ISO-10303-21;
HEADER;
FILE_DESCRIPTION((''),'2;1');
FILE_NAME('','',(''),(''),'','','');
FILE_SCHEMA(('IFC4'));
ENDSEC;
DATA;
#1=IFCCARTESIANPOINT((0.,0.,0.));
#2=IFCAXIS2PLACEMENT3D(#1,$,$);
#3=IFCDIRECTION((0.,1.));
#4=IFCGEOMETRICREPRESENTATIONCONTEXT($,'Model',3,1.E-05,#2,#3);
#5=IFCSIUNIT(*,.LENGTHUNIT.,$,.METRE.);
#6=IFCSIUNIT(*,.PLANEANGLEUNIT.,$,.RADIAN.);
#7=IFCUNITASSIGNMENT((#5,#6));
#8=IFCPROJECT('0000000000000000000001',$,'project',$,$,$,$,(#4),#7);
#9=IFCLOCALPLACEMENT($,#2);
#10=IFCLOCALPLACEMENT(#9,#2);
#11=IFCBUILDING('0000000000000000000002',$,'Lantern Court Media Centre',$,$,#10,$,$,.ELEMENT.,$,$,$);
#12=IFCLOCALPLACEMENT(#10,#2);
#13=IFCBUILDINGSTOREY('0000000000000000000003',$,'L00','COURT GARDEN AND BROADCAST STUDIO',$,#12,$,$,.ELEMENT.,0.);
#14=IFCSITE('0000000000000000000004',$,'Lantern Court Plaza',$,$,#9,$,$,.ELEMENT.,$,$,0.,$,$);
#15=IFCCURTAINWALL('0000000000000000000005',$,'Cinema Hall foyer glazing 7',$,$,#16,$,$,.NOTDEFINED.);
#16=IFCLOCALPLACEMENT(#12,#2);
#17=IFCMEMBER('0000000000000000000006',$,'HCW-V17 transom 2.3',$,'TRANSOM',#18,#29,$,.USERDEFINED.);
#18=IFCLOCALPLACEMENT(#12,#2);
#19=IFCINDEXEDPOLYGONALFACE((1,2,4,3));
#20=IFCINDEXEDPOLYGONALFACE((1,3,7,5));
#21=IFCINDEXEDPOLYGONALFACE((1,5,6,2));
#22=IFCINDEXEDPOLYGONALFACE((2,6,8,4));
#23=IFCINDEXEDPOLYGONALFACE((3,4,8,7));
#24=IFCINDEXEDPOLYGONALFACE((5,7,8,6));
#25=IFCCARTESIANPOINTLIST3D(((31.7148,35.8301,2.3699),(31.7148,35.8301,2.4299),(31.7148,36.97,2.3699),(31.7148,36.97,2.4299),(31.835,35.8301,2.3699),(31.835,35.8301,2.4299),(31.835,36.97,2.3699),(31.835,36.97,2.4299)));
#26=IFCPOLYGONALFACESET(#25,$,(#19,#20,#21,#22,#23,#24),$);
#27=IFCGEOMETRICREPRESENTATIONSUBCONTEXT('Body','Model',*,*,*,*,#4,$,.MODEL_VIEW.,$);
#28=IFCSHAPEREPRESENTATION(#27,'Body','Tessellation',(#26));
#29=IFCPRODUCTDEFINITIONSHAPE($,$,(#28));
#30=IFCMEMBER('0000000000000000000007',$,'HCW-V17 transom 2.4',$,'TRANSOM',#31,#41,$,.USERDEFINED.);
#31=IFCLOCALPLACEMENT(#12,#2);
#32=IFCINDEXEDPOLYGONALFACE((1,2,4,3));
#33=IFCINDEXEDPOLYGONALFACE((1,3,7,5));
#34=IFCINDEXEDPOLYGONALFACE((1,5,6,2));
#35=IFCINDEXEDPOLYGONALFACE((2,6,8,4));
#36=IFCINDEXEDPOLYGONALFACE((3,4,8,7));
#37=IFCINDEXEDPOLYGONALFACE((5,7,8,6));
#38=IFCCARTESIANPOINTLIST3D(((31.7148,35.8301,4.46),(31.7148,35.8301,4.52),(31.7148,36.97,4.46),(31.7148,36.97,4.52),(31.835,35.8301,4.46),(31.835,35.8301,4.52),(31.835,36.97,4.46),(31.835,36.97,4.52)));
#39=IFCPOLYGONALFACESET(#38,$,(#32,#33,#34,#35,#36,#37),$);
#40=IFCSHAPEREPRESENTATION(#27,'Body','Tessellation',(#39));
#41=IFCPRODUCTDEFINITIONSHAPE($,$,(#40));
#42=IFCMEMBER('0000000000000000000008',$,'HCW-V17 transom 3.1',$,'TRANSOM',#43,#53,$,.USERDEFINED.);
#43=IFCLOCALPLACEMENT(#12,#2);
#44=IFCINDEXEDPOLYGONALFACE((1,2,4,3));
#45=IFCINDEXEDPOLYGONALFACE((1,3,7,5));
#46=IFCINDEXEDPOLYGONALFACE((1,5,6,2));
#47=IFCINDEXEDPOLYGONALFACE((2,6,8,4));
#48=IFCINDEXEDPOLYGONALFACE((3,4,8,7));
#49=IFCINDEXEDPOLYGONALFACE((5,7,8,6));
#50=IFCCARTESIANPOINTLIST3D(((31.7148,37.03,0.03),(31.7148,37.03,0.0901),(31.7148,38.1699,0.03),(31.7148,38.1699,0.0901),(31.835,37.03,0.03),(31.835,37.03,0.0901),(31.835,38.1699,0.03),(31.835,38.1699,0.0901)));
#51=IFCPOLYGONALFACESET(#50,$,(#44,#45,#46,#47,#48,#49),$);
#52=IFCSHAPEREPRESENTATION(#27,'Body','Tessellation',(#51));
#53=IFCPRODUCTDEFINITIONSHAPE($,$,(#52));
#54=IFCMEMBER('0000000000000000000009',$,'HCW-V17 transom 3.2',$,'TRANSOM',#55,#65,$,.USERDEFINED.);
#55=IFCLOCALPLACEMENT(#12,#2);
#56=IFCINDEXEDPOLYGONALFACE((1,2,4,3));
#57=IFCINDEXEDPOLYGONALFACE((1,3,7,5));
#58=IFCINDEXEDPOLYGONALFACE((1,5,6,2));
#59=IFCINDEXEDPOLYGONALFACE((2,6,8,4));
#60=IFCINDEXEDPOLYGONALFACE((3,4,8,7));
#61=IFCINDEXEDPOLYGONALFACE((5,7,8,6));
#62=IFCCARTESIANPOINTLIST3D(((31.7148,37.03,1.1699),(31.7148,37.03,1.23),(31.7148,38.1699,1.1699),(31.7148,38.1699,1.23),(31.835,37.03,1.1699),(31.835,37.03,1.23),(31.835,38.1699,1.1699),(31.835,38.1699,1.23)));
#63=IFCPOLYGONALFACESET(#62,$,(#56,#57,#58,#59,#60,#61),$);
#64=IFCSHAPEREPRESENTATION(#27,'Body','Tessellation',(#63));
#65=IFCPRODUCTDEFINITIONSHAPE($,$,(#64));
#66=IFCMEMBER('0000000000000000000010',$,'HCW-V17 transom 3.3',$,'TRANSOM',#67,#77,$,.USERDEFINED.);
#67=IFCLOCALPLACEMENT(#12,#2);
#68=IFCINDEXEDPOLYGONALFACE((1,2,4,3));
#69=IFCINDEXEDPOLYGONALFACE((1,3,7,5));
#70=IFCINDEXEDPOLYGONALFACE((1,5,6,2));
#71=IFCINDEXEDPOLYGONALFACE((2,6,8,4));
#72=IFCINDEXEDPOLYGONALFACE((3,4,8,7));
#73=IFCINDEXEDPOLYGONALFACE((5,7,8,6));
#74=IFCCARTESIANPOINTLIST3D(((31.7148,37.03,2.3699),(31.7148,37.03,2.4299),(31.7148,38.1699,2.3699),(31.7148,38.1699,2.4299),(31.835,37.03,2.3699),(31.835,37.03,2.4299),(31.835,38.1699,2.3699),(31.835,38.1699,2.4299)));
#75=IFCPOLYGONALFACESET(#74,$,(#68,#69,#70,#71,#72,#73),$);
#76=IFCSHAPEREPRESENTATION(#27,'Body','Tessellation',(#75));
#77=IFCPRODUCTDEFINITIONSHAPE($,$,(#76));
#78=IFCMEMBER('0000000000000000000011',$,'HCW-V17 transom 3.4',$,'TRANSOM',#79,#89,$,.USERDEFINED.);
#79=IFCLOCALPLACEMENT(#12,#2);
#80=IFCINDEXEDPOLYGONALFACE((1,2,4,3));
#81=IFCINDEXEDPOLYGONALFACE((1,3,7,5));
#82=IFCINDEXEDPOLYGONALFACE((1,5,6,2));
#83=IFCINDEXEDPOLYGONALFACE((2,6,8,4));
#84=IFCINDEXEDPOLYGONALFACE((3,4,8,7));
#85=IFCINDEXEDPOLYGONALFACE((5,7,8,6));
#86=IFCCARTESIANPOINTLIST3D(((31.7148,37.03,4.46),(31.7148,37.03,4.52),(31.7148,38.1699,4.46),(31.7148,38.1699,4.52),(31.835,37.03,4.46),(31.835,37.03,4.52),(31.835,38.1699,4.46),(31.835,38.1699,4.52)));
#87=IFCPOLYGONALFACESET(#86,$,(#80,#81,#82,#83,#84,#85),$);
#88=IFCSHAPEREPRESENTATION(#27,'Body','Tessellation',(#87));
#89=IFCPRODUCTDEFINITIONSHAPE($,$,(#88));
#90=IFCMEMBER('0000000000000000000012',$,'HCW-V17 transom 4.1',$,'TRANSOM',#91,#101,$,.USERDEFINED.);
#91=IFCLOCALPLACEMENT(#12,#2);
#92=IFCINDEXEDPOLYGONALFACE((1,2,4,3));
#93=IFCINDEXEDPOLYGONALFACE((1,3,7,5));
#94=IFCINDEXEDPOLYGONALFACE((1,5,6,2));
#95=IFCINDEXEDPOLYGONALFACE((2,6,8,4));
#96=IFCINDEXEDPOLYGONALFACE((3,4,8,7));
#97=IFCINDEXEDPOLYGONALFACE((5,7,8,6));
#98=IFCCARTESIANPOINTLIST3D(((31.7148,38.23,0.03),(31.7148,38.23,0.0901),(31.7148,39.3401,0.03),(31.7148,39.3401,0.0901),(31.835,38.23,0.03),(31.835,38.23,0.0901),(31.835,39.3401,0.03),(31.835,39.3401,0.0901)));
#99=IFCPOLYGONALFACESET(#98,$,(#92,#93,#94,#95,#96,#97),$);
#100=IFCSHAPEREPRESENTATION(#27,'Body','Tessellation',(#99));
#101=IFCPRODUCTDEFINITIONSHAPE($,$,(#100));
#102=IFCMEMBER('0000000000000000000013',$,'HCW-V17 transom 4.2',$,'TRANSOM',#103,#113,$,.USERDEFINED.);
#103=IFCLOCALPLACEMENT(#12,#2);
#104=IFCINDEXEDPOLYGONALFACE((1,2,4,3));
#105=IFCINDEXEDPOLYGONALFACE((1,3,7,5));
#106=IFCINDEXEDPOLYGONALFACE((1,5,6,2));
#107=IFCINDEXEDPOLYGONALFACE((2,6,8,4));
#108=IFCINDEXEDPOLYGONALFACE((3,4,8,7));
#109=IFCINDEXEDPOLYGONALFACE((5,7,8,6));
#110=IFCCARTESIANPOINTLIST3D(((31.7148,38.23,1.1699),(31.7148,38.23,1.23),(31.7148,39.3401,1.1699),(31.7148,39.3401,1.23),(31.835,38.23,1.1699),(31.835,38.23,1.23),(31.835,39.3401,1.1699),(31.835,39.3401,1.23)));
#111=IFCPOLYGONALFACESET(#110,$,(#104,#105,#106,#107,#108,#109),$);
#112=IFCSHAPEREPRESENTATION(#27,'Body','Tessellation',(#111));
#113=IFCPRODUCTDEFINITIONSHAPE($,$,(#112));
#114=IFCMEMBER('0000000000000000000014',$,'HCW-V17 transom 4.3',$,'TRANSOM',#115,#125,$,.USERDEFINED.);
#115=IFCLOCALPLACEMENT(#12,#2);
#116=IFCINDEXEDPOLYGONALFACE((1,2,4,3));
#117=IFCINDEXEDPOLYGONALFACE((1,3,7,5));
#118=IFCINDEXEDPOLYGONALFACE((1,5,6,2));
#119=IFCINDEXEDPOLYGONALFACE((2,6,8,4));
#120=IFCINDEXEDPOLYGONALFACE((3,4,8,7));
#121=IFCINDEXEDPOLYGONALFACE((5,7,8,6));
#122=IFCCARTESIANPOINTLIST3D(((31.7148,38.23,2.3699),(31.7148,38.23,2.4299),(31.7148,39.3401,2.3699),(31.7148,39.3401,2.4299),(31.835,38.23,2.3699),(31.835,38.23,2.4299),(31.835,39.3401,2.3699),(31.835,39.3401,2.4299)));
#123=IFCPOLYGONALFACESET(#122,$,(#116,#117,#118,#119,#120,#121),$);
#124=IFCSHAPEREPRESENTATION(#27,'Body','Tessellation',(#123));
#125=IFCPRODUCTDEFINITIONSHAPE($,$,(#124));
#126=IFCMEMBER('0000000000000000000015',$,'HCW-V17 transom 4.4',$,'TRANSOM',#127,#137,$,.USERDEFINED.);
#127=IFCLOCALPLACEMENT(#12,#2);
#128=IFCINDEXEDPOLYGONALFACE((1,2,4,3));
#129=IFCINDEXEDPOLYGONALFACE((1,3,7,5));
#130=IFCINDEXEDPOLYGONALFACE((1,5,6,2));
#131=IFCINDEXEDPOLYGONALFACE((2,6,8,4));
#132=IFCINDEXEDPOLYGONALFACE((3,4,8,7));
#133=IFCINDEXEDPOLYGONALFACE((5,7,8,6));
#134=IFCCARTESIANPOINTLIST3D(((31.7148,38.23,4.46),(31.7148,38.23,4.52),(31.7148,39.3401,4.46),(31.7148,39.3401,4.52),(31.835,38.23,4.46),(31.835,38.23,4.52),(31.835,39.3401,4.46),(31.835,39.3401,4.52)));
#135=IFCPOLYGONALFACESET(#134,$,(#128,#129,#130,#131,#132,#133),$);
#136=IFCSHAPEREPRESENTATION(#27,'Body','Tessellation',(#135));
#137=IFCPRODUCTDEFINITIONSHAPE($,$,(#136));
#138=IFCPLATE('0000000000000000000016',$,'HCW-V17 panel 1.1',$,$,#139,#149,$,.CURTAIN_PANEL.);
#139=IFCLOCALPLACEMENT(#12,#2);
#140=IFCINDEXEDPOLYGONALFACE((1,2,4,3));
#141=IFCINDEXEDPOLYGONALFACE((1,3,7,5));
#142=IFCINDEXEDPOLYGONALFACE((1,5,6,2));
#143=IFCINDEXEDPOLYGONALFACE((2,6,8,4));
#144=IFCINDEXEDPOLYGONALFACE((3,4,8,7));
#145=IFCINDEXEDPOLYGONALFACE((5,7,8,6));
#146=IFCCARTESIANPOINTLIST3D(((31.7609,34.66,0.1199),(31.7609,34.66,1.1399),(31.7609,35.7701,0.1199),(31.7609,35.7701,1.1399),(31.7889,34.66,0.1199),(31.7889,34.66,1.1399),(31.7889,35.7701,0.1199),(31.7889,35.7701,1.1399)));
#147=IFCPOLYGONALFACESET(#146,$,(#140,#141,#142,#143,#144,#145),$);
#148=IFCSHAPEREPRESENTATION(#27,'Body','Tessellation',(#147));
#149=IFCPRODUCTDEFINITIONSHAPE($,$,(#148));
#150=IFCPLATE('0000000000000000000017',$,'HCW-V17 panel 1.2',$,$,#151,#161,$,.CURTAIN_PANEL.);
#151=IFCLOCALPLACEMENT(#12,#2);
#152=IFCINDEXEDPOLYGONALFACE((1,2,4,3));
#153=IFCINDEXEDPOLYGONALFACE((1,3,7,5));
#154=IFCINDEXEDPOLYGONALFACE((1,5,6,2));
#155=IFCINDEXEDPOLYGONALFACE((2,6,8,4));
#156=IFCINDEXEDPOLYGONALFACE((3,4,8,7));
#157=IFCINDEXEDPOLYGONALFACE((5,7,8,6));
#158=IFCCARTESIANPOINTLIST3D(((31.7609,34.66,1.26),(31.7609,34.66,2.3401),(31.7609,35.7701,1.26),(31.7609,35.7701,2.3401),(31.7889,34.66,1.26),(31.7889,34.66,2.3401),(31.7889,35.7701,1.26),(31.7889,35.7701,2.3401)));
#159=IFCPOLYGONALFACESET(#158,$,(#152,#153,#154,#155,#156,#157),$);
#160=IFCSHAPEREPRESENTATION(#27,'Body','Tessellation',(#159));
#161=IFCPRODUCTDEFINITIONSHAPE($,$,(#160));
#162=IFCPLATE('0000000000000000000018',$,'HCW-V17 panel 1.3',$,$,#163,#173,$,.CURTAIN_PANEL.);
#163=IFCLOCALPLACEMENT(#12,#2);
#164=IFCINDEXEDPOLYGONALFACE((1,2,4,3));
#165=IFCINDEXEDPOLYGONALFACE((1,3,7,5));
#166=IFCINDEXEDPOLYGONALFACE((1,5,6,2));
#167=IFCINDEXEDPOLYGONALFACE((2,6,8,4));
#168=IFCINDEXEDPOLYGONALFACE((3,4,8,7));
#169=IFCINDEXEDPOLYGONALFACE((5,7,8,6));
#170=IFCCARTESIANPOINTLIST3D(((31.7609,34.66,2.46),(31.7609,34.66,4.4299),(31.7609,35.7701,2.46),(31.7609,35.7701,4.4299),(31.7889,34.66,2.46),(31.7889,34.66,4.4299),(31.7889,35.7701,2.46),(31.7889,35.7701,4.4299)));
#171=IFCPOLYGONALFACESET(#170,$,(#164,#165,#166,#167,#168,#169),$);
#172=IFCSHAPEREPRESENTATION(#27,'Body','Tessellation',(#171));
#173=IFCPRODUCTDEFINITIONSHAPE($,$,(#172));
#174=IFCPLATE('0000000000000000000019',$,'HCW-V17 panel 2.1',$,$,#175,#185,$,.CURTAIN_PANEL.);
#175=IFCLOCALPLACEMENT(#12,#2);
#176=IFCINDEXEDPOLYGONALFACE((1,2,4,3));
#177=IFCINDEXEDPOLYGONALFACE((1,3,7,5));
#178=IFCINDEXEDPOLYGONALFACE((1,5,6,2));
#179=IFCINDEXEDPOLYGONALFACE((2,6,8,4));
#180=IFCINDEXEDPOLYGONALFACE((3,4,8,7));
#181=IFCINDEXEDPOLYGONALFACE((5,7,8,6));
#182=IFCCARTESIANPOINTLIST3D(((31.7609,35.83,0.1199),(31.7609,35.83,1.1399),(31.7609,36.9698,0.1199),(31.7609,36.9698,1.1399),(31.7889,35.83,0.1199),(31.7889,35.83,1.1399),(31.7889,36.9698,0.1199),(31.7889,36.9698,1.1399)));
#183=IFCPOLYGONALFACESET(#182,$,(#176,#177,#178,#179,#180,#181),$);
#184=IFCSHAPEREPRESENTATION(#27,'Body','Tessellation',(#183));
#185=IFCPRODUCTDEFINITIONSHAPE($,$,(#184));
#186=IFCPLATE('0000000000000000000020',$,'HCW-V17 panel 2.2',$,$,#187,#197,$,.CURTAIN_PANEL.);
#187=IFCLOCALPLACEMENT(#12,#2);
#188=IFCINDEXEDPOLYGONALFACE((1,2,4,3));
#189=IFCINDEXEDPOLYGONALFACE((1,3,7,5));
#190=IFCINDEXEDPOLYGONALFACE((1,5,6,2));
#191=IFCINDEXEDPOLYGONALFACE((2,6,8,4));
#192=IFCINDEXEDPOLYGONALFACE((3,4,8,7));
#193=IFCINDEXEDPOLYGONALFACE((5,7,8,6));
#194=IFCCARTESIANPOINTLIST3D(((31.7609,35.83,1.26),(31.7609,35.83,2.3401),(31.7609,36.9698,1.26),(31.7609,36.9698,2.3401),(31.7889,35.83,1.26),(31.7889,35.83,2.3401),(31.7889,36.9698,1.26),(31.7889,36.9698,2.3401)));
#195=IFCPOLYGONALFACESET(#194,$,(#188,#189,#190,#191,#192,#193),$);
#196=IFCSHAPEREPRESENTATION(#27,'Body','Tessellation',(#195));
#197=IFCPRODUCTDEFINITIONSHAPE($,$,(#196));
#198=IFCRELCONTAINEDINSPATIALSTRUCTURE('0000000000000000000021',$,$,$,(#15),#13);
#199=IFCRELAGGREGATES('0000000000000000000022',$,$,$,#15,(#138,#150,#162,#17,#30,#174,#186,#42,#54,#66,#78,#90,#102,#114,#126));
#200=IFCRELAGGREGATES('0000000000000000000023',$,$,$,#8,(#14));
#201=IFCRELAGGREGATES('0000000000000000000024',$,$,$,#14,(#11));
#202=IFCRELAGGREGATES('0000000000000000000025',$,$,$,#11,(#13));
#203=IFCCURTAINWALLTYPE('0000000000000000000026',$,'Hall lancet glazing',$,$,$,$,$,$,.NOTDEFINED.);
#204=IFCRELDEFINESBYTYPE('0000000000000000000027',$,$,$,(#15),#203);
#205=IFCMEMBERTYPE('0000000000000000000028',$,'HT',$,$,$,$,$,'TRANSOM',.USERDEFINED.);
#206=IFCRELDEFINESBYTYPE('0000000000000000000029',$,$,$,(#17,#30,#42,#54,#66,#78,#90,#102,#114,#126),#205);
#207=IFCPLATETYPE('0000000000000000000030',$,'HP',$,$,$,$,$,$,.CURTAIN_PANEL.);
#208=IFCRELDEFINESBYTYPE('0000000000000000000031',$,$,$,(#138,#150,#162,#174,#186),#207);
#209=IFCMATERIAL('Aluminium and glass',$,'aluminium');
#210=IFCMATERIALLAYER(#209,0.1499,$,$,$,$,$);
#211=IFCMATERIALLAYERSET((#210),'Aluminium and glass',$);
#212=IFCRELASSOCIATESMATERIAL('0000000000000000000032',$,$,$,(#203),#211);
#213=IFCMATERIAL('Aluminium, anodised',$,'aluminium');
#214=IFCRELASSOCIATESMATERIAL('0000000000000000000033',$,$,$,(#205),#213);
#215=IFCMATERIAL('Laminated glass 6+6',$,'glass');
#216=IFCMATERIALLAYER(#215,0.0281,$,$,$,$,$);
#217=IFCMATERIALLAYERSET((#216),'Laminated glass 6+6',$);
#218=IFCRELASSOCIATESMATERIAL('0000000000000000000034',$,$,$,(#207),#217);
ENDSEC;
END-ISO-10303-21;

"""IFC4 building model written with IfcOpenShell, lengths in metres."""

from ifc_helpers import new_model, si_unit, direction, frame, origin, origin_2d, place, context, subcontext, project, spatial, rectangle, extrude, material, layer, layer_set, material_profile, profile_set, type_object, element, aggregate, save


model = new_model("IFC4")

# Units and contexts
model_context = context("Model", 3, precision=1e-05, world=origin(), true_north=direction((0.0, 1.0)))
body_context = subcontext(model_context, "Body", "Model", "MODEL_VIEW")
ifc_project = project(units=[si_unit("LENGTHUNIT", "METRE"), si_unit("PLANEANGLEUNIT", "RADIAN")], contexts=[model_context])

# Site, building, storey
site_placement = place(None, origin())
site = spatial("IfcSite", under=ifc_project, at=site_placement, Name="Lantern Court Plaza", CompositionType="ELEMENT", RefElevation=0.0)
building_placement = place(site_placement, origin())
building = spatial("IfcBuilding", under=site, at=building_placement, Name="Lantern Court Media Centre", CompositionType="ELEMENT")
storey_placement = place(building_placement, origin())
storey = spatial("IfcBuildingStorey", under=building, at=storey_placement, Name="L00", Description="COURT GARDEN AND BROADCAST STUDIO", CompositionType="ELEMENT", Elevation=0.0)

# Curtain wall, members, plates
ifc_material_1 = material(Name="Aluminium and glass", Category="aluminium")
ifc_layer_1 = layer(ifc_material_1, 0.1499)
ifc_layer_set_1 = layer_set([ifc_layer_1], Name="Aluminium and glass")
curtain_wall_type = type_object("IfcCurtainWallType", Name="Hall lancet glazing", PredefinedType="NOTDEFINED", material=ifc_layer_set_1)
curtain_wall_placement = place(storey_placement, origin())
curtain_wall = element("IfcCurtainWall", 1, at=curtain_wall_placement, inside=storey, type_object=curtain_wall_type, Name="Cinema Hall foyer glazing 7", PredefinedType="NOTDEFINED")
ifc_material_2 = material(Name="Aluminium, anodised", Category="aluminium")
ifc_material_profile_1 = material_profile(ifc_material_2, rectangle(XDim=0.1201, YDim=0.0601, at=origin_2d()), Name="HT")
ifc_profile_set_1 = profile_set([ifc_material_profile_1], Name="Aluminium, anodised")
member_type_1 = type_object("IfcMemberType", Name="HT", ElementType="TRANSOM", PredefinedType="USERDEFINED", material=ifc_profile_set_1)
member_1_placement = place(storey_placement, frame((31.7749, 35.8301, 2.3999), z_axis=(0.0, 1.0, 0.0), x_axis=(-1.0, 0.0, 0.0)))
member_1 = element("IfcMember", 2, at=member_1_placement, type_object=member_type_1, Name="HCW-V17 transom 2.3", ObjectType="TRANSOM", PredefinedType="USERDEFINED", context=body_context, shape_type="SweptSolid", body=[
    extrude(rectangle(XDim=0.1201, YDim=0.0601, at=origin_2d()), origin(), (0.0, 0.0, 1.0), 1.1399),
])
member_2_placement = place(storey_placement, frame((31.7749, 35.8301, 4.49), z_axis=(0.0, 1.0, 0.0), x_axis=(-1.0, 0.0, 0.0)))
member_2 = element("IfcMember", 3, at=member_2_placement, type_object=member_type_1, Name="HCW-V17 transom 2.4", ObjectType="TRANSOM", PredefinedType="USERDEFINED", context=body_context, shape_type="SweptSolid", body=[
    extrude(rectangle(XDim=0.1201, YDim=0.0601, at=origin_2d()), origin(), (0.0, 0.0, 1.0), 1.1399),
])
member_3_placement = place(storey_placement, frame((31.7749, 37.03, 0.0601), z_axis=(0.0, 1.0, 0.0), x_axis=(-1.0, 0.0, 0.0)))
member_3 = element("IfcMember", 4, at=member_3_placement, type_object=member_type_1, Name="HCW-V17 transom 3.1", ObjectType="TRANSOM", PredefinedType="USERDEFINED", context=body_context, shape_type="SweptSolid", body=[
    extrude(rectangle(XDim=0.1201, YDim=0.0601, at=origin_2d()), origin(), (0.0, 0.0, 1.0), 1.1399),
])
member_4_placement = place(storey_placement, frame((31.7749, 37.03, 1.2), z_axis=(0.0, 1.0, 0.0), x_axis=(-1.0, 0.0, 0.0)))
member_4 = element("IfcMember", 5, at=member_4_placement, type_object=member_type_1, Name="HCW-V17 transom 3.2", ObjectType="TRANSOM", PredefinedType="USERDEFINED", context=body_context, shape_type="SweptSolid", body=[
    extrude(rectangle(XDim=0.1201, YDim=0.0601, at=origin_2d()), origin(), (0.0, 0.0, 1.0), 1.1399),
])
member_5_placement = place(storey_placement, frame((31.7749, 37.03, 2.3999), z_axis=(0.0, 1.0, 0.0), x_axis=(-1.0, 0.0, 0.0)))
member_5 = element("IfcMember", 6, at=member_5_placement, type_object=member_type_1, Name="HCW-V17 transom 3.3", ObjectType="TRANSOM", PredefinedType="USERDEFINED", context=body_context, shape_type="SweptSolid", body=[
    extrude(rectangle(XDim=0.1201, YDim=0.0601, at=origin_2d()), origin(), (0.0, 0.0, 1.0), 1.1399),
])
member_6_placement = place(storey_placement, frame((31.7749, 37.03, 4.49), z_axis=(0.0, 1.0, 0.0), x_axis=(-1.0, 0.0, 0.0)))
member_6 = element("IfcMember", 7, at=member_6_placement, type_object=member_type_1, Name="HCW-V17 transom 3.4", ObjectType="TRANSOM", PredefinedType="USERDEFINED", context=body_context, shape_type="SweptSolid", body=[
    extrude(rectangle(XDim=0.1201, YDim=0.0601, at=origin_2d()), origin(), (0.0, 0.0, 1.0), 1.1399),
])
member_7_placement = place(storey_placement, frame((31.7749, 38.23, 0.0601), z_axis=(0.0, 1.0, 0.0), x_axis=(-1.0, 0.0, 0.0)))
member_7 = element("IfcMember", 8, at=member_7_placement, type_object=member_type_1, Name="HCW-V17 transom 4.1", ObjectType="TRANSOM", PredefinedType="USERDEFINED", context=body_context, shape_type="SweptSolid", body=[
    extrude(rectangle(XDim=0.1201, YDim=0.0601, at=origin_2d()), origin(), (0.0, 0.0, 1.0), 1.1101),
])
member_8_placement = place(storey_placement, frame((31.7749, 38.23, 1.2), z_axis=(0.0, 1.0, 0.0), x_axis=(-1.0, 0.0, 0.0)))
member_8 = element("IfcMember", 9, at=member_8_placement, type_object=member_type_1, Name="HCW-V17 transom 4.2", ObjectType="TRANSOM", PredefinedType="USERDEFINED", context=body_context, shape_type="SweptSolid", body=[
    extrude(rectangle(XDim=0.1201, YDim=0.0601, at=origin_2d()), origin(), (0.0, 0.0, 1.0), 1.1101),
])
member_9_placement = place(storey_placement, frame((31.7749, 38.23, 2.3999), z_axis=(0.0, 1.0, 0.0), x_axis=(-1.0, 0.0, 0.0)))
member_9 = element("IfcMember", 10, at=member_9_placement, type_object=member_type_1, Name="HCW-V17 transom 4.3", ObjectType="TRANSOM", PredefinedType="USERDEFINED", context=body_context, shape_type="SweptSolid", body=[
    extrude(rectangle(XDim=0.1201, YDim=0.0601, at=origin_2d()), origin(), (0.0, 0.0, 1.0), 1.1101),
])
member_10_placement = place(storey_placement, frame((31.7749, 38.23, 4.49), z_axis=(0.0, 1.0, 0.0), x_axis=(-1.0, 0.0, 0.0)))
member_10 = element("IfcMember", 11, at=member_10_placement, type_object=member_type_1, Name="HCW-V17 transom 4.4", ObjectType="TRANSOM", PredefinedType="USERDEFINED", context=body_context, shape_type="SweptSolid", body=[
    extrude(rectangle(XDim=0.1201, YDim=0.0601, at=origin_2d()), origin(), (0.0, 0.0, 1.0), 1.1101),
])
ifc_material_3 = material(Name="Laminated glass 6+6", Category="glass")
ifc_layer_2 = layer(ifc_material_3, 0.0281)
ifc_layer_set_2 = layer_set([ifc_layer_2], Name="Laminated glass 6+6")
plate_type = type_object("IfcPlateType", Name="HP", PredefinedType="CURTAIN_PANEL", material=ifc_layer_set_2)
plate_1_placement = place(storey_placement, frame((31.7749, 35.2151, 0.1199), z_axis=(0.0, 0.0, 1.0), x_axis=(0.0, 1.0, 0.0)))
plate_1 = element("IfcPlate", 12, at=plate_1_placement, type_object=plate_type, Name="HCW-V17 panel 1.1", PredefinedType="CURTAIN_PANEL", context=body_context, shape_type="SweptSolid", body=[
    extrude(rectangle(XDim=1.1101, YDim=0.0281, at=origin_2d()), origin(), (0.0, 0.0, 1.0), 1.02),
])
plate_2_placement = place(storey_placement, frame((31.7749, 35.2151, 1.26), z_axis=(0.0, 0.0, 1.0), x_axis=(0.0, 1.0, 0.0)))
plate_2 = element("IfcPlate", 13, at=plate_2_placement, type_object=plate_type, Name="HCW-V17 panel 1.2", PredefinedType="CURTAIN_PANEL", context=body_context, shape_type="SweptSolid", body=[
    extrude(rectangle(XDim=1.1101, YDim=0.0281, at=origin_2d()), origin(), (0.0, 0.0, 1.0), 1.0801),
])
plate_3_placement = place(storey_placement, frame((31.7749, 35.2151, 2.46), z_axis=(0.0, 0.0, 1.0), x_axis=(0.0, 1.0, 0.0)))
plate_3 = element("IfcPlate", 14, at=plate_3_placement, type_object=plate_type, Name="HCW-V17 panel 1.3", PredefinedType="CURTAIN_PANEL", context=body_context, shape_type="SweptSolid", body=[
    extrude(rectangle(XDim=1.1101, YDim=0.0281, at=origin_2d()), origin(), (0.0, 0.0, 1.0), 1.97),
])
plate_4_placement = place(storey_placement, frame((31.7749, 36.3999, 0.1199), z_axis=(0.0, 0.0, 1.0), x_axis=(0.0, 1.0, 0.0)))
plate_4 = element("IfcPlate", 15, at=plate_4_placement, type_object=plate_type, Name="HCW-V17 panel 2.1", PredefinedType="CURTAIN_PANEL", context=body_context, shape_type="SweptSolid", body=[
    extrude(rectangle(XDim=1.1399, YDim=0.0281, at=origin_2d()), origin(), (0.0, 0.0, 1.0), 1.02),
])
plate_5_placement = place(storey_placement, frame((31.7749, 36.3999, 1.26), z_axis=(0.0, 0.0, 1.0), x_axis=(0.0, 1.0, 0.0)))
plate_5 = element("IfcPlate", 16, at=plate_5_placement, type_object=plate_type, Name="HCW-V17 panel 2.2", PredefinedType="CURTAIN_PANEL", context=body_context, shape_type="SweptSolid", body=[
    extrude(rectangle(XDim=1.1399, YDim=0.0281, at=origin_2d()), origin(), (0.0, 0.0, 1.0), 1.0801),
])
aggregate(curtain_wall, [plate_1, plate_2, plate_3, member_1, member_2, plate_4, plate_5, member_3, member_4, member_5, member_6, member_7, member_8, member_9, member_10])

save(model, "model.ifc")
